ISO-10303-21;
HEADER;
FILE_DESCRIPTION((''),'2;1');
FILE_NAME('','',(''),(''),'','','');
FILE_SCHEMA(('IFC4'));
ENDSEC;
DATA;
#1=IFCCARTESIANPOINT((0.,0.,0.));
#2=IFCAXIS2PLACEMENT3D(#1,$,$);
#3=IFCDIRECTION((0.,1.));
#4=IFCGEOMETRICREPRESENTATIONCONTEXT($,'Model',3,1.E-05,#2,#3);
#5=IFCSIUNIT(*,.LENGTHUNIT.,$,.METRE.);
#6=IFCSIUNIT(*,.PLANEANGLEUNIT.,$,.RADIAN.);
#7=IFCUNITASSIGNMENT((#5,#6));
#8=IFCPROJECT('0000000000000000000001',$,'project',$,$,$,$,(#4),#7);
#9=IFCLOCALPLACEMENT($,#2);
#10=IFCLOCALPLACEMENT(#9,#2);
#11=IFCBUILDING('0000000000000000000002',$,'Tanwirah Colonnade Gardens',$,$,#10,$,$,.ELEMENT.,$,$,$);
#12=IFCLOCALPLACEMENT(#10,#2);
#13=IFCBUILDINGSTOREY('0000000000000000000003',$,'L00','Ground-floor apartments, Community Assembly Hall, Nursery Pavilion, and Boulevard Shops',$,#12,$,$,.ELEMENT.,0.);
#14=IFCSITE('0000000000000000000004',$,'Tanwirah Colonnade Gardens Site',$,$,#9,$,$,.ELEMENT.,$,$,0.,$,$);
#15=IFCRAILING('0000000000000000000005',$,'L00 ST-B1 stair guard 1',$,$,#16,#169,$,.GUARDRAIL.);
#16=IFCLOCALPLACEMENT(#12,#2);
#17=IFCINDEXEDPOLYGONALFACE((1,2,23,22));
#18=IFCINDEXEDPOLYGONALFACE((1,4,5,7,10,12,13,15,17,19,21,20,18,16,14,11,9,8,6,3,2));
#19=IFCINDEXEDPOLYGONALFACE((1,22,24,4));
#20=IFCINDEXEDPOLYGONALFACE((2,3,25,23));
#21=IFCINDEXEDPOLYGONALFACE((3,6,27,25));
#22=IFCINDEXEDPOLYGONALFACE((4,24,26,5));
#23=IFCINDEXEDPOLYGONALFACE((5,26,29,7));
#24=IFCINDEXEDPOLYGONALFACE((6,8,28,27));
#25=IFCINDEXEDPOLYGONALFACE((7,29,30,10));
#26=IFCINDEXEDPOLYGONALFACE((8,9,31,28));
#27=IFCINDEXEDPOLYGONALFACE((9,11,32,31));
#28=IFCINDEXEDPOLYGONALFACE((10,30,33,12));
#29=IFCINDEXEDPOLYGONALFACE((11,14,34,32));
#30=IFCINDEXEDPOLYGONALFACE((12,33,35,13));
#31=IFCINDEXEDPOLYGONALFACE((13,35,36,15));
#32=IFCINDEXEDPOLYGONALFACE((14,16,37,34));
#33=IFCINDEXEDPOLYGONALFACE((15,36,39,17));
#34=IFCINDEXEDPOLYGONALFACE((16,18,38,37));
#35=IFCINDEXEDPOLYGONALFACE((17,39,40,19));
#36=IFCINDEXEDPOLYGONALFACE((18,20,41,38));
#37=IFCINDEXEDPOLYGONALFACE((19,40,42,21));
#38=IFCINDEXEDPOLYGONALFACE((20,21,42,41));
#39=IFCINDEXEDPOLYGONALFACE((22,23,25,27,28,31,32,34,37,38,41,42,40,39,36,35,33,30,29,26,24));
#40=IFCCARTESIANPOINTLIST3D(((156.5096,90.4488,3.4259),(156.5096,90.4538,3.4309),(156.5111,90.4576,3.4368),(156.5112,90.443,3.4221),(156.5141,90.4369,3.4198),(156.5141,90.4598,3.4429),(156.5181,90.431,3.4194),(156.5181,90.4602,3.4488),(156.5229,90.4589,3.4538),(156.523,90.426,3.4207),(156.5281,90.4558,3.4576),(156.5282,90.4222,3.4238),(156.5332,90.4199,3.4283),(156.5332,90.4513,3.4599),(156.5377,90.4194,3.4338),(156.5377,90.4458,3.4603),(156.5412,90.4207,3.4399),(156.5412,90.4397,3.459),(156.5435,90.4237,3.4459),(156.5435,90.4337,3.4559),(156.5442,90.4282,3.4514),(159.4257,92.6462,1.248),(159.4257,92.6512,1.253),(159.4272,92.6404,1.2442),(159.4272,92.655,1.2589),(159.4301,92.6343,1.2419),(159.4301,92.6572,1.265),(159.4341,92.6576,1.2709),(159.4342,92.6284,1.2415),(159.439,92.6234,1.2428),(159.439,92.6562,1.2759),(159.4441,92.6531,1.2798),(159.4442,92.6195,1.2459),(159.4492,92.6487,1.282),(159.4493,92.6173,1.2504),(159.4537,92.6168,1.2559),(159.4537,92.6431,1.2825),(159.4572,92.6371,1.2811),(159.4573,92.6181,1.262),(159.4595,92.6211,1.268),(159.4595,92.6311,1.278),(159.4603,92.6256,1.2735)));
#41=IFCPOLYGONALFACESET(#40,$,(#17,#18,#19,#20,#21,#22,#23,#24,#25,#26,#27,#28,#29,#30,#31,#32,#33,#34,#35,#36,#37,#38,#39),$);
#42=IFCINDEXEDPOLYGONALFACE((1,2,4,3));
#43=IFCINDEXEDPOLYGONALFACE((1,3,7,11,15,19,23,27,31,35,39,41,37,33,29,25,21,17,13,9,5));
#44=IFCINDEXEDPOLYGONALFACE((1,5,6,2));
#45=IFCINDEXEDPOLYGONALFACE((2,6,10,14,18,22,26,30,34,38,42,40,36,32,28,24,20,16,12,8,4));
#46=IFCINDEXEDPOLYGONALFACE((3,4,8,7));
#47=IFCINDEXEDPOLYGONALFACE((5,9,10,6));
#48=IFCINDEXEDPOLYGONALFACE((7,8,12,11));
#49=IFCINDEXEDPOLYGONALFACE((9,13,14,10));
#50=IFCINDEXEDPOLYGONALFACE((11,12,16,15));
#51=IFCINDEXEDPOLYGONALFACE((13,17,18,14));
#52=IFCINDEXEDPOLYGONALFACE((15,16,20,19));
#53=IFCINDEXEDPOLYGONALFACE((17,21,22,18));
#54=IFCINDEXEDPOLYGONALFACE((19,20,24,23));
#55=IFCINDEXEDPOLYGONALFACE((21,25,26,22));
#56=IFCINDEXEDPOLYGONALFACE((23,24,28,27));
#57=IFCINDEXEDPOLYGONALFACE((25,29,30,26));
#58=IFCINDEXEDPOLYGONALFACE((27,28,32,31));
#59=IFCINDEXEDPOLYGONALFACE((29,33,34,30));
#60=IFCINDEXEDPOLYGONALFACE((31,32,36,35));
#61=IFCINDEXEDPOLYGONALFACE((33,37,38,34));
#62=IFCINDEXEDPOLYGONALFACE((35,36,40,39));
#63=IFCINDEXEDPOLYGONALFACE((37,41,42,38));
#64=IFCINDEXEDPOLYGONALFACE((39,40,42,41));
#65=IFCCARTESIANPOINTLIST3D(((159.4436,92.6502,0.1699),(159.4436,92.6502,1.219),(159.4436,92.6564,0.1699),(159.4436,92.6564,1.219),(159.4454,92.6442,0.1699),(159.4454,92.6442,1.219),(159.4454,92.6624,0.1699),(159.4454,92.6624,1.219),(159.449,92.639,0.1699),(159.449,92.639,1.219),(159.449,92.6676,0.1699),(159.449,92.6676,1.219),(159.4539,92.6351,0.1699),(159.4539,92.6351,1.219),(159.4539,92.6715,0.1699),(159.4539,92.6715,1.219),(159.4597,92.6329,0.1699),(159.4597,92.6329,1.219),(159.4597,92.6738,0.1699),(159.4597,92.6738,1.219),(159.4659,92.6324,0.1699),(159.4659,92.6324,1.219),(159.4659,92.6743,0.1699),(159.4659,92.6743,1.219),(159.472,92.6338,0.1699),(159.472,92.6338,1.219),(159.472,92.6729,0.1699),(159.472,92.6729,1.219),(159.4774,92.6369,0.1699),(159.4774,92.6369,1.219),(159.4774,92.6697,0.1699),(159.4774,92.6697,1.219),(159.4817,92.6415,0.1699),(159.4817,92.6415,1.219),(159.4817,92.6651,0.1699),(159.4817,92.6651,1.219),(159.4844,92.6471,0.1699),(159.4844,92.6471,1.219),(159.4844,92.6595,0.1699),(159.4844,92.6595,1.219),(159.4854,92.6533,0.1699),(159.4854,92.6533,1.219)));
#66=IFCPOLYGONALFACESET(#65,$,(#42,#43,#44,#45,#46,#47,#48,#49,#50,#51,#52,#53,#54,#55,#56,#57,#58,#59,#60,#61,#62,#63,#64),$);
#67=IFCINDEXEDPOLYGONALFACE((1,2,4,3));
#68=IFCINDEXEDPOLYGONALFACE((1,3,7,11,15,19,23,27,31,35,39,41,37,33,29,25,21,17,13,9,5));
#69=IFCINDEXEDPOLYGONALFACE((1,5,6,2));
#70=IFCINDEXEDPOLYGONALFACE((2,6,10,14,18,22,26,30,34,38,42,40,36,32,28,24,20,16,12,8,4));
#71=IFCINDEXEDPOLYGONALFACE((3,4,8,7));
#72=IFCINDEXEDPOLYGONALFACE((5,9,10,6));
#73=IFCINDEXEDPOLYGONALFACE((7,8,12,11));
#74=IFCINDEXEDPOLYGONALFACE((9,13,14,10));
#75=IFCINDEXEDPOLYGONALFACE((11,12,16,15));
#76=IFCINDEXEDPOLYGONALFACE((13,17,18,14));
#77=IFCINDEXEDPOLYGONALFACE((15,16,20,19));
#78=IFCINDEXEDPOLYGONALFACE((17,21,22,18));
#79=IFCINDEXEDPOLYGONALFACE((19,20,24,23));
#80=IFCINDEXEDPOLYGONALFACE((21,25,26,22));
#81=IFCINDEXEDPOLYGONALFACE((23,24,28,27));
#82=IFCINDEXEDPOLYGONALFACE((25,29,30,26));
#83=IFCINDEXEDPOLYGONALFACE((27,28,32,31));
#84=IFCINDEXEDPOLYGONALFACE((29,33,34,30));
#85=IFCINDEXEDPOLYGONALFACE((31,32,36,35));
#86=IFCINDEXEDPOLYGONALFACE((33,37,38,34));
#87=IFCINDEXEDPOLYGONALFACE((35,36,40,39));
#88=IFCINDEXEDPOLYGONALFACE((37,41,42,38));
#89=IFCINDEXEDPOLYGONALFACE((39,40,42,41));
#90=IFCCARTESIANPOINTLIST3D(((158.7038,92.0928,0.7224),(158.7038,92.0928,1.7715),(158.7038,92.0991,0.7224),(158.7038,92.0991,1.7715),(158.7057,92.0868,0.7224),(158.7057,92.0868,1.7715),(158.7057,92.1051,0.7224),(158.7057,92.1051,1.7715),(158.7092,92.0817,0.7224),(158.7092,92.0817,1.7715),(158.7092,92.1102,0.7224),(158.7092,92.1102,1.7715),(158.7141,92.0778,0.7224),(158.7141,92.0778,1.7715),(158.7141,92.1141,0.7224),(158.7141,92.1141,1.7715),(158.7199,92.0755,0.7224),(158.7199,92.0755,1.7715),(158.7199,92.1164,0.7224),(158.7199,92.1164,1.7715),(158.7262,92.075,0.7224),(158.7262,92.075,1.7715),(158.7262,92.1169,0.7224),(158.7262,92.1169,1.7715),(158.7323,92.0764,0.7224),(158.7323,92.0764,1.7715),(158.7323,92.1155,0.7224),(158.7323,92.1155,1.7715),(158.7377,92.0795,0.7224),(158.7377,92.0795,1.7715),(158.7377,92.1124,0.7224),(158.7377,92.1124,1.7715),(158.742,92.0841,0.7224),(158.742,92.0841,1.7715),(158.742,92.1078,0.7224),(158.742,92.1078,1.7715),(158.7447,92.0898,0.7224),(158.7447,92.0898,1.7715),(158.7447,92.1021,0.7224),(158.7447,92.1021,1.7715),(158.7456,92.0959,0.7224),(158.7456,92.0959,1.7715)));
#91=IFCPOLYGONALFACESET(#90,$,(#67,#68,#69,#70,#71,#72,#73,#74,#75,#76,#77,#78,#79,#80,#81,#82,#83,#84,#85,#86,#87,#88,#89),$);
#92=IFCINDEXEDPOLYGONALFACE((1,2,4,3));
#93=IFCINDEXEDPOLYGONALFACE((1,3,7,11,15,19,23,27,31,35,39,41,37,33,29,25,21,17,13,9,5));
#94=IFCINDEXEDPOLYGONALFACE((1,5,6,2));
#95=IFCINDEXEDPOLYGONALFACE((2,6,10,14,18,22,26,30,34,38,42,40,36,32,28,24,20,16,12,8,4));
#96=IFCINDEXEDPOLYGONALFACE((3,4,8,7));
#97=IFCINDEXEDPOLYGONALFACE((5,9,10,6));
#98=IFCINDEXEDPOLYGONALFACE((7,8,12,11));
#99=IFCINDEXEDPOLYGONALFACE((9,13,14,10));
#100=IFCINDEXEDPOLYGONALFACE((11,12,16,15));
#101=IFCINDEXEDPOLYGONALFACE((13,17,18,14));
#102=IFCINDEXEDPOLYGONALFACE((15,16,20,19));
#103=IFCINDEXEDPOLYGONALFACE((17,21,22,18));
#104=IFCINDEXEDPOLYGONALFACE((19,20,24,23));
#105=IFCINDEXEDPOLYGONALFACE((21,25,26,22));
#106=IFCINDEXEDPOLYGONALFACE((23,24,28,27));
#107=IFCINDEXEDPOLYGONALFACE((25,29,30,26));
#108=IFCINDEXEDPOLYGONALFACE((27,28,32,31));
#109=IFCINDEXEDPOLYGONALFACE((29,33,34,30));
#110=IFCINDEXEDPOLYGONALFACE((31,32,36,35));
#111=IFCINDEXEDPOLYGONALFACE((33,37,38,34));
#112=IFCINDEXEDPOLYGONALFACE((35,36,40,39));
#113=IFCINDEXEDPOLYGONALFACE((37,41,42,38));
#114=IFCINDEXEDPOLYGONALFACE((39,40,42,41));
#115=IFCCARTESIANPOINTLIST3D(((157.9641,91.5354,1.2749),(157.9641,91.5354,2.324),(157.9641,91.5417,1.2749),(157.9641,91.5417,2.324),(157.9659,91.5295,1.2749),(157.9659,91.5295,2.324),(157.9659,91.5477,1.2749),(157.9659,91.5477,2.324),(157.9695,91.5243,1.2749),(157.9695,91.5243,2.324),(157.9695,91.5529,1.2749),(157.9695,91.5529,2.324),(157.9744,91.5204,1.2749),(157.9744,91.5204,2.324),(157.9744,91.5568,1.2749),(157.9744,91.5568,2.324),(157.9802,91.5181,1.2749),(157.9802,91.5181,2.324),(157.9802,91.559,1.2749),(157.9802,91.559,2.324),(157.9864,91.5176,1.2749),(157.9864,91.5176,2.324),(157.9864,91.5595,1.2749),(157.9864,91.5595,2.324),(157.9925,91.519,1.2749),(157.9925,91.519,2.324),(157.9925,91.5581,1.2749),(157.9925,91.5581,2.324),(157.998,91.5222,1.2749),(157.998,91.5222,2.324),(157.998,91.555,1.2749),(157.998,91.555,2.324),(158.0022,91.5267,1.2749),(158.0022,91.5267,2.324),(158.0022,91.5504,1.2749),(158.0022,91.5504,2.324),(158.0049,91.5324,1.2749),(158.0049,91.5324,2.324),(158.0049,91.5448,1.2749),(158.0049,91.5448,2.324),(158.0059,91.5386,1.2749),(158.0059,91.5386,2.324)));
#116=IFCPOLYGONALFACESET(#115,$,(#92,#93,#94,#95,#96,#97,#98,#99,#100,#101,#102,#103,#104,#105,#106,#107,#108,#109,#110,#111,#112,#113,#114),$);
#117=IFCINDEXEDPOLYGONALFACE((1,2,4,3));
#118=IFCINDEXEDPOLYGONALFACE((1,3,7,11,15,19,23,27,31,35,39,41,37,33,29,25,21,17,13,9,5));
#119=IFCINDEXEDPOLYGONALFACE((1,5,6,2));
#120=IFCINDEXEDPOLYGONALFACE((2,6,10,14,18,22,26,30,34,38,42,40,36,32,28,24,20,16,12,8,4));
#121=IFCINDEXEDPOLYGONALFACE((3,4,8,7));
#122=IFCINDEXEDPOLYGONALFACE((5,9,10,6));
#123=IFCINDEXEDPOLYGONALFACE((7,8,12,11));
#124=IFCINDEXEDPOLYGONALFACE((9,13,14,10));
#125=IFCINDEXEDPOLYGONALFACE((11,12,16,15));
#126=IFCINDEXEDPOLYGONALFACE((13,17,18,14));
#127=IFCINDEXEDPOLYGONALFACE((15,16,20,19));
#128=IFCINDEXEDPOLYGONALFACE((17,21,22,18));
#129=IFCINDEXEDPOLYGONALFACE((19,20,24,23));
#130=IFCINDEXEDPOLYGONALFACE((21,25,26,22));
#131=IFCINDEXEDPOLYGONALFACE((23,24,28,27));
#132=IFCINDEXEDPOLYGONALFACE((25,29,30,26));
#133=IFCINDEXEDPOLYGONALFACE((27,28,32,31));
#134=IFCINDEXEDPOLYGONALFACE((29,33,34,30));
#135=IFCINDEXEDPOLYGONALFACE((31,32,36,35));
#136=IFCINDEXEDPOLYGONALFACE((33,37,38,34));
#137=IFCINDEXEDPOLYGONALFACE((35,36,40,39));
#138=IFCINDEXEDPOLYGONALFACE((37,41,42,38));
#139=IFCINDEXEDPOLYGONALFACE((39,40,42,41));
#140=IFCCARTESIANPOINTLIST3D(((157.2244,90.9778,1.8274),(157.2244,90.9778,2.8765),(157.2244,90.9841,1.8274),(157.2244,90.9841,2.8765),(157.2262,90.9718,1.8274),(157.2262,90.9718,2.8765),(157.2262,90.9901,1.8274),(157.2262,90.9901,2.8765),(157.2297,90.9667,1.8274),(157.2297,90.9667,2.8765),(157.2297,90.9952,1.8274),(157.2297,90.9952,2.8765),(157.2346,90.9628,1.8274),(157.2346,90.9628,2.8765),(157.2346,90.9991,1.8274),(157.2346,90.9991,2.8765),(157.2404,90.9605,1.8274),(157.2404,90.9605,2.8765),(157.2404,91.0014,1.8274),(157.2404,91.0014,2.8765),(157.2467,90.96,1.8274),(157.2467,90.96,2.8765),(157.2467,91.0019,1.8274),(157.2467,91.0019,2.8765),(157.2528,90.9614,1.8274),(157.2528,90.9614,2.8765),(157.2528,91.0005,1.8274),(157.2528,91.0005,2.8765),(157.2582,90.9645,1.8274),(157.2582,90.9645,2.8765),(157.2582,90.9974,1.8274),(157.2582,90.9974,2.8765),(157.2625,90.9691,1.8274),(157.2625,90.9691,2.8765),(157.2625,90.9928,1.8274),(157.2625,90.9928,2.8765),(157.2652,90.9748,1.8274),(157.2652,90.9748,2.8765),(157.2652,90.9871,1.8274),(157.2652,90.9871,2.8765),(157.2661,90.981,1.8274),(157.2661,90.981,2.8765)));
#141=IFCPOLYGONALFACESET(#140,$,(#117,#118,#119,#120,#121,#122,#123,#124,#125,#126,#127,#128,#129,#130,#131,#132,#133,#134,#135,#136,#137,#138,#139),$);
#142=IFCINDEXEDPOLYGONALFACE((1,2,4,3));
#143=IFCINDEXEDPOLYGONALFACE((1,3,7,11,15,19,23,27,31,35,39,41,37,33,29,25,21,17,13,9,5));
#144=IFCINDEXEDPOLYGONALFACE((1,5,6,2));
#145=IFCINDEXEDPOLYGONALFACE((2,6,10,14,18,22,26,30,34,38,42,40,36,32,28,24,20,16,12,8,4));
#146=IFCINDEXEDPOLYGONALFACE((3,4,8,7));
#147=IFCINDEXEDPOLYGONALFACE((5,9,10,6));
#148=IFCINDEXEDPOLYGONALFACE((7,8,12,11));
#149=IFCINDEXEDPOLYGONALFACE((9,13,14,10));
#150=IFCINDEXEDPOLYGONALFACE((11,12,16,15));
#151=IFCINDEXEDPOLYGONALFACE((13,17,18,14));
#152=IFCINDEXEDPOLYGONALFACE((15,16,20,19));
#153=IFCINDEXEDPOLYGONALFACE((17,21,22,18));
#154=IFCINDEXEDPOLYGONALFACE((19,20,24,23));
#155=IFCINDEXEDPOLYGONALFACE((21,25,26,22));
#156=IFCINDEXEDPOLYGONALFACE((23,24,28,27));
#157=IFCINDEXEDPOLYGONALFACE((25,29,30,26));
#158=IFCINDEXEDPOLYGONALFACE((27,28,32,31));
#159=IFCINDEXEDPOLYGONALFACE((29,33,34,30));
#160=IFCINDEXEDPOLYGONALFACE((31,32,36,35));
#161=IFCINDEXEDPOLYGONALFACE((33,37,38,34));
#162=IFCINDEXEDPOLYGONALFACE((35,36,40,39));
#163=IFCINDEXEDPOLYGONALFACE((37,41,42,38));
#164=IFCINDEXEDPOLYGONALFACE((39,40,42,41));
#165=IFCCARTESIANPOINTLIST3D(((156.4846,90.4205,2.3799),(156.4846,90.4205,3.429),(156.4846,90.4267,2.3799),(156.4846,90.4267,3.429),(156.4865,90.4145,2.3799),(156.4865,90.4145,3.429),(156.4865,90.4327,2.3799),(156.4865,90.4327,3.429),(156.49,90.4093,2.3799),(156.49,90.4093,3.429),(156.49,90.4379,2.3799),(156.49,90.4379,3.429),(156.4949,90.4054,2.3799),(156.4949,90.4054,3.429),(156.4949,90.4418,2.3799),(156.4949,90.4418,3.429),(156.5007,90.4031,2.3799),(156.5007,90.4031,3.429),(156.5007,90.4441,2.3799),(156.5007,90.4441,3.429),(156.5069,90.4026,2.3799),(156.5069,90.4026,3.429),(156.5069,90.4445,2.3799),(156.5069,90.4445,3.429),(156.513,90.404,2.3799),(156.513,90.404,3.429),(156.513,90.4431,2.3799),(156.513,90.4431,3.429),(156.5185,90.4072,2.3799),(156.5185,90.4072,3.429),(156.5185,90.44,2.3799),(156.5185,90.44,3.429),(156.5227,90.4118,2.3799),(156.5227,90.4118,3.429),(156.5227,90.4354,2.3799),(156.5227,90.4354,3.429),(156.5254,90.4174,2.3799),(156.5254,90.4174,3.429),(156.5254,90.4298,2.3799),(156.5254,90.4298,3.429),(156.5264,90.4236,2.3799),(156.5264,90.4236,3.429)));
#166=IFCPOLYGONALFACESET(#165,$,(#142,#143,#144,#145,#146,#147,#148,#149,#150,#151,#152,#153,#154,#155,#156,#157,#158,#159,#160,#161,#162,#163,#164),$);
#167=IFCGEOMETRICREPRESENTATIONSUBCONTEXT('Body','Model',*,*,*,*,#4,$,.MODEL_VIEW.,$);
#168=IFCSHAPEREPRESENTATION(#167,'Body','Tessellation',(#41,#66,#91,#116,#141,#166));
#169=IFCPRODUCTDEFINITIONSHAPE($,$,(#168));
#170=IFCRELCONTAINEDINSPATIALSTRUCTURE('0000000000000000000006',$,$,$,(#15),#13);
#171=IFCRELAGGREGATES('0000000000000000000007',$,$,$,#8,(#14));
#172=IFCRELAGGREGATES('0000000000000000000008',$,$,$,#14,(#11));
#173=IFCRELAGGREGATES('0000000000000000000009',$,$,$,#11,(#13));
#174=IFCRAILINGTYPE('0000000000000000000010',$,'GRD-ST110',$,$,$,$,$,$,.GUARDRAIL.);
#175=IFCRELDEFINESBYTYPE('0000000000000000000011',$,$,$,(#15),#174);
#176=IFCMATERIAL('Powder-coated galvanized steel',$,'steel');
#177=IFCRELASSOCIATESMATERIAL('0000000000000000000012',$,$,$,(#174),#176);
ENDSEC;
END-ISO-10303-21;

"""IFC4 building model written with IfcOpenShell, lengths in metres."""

from ifc_helpers import new_model, si_unit, direction, frame, origin, origin_2d, place, context, subcontext, project, spatial, circle, extrude, material, type_object, element, save


model = new_model("IFC4")

# Units and contexts
model_context = context("Model", 3, precision=1e-05, world=origin(), true_north=direction((0.0, 1.0)))
body_context = subcontext(model_context, "Body", "Model", "MODEL_VIEW")
ifc_project = project(units=[si_unit("LENGTHUNIT", "METRE"), si_unit("PLANEANGLEUNIT", "RADIAN")], contexts=[model_context])

# Site, building, storey
site_placement = place(None, origin())
site = spatial("IfcSite", under=ifc_project, at=site_placement, Name="Tanwirah Colonnade Gardens Site", CompositionType="ELEMENT", RefElevation=0.0)
building_placement = place(site_placement, origin())
building = spatial("IfcBuilding", under=site, at=building_placement, Name="Tanwirah Colonnade Gardens", CompositionType="ELEMENT")
storey_placement = place(building_placement, origin())
storey = spatial("IfcBuildingStorey", under=building, at=storey_placement, Name="L00", Description="Ground-floor apartments, Community Assembly Hall, Nursery Pavilion, and Boulevard Shops", CompositionType="ELEMENT", Elevation=0.0)

# Railing
ifc_material_1 = material(Name="Powder-coated galvanized steel", Category="steel")
railing_type = type_object("IfcRailingType", Name="GRD-ST110", PredefinedType="GUARDRAIL", material=ifc_material_1)
railing_1_placement = place(storey_placement, frame((159.4644, 92.6533, 0.1699)))
element("IfcRailing", 1, at=railing_1_placement, inside=storey, type_object=railing_type, Name="L00 ST-B1 stair guard 1", PredefinedType="GUARDRAIL", context=body_context, shape_type="SweptSolid", body=[
    extrude(circle(Radius=0.0239, at=origin_2d()), frame((-0.0215, -0.0161, 1.092), z_axis=(-0.685891, -0.516852, 0.512268), x_axis=(0.601812, -0.798638, 0.0)), (0.0, 0.0, 1.0), 4.2515),
    extrude(circle(Radius=0.021, at=origin_2d()), origin(), (0.0, 0.0, 1.0), 1.0491),
    extrude(circle(Radius=0.021, at=origin_2d()), frame((-0.7397, -0.5574, 0.5525)), (0.0, 0.0, 1.0), 1.0491),
    extrude(circle(Radius=0.021, at=origin_2d()), frame((-1.4795, -1.1147, 1.105)), (0.0, 0.0, 1.0), 1.0491),
    extrude(circle(Radius=0.021, at=origin_2d()), frame((-2.2192, -1.6724, 1.6575)), (0.0, 0.0, 1.0), 1.0491),
    extrude(circle(Radius=0.021, at=origin_2d()), frame((-2.959, -2.2297, 2.21)), (0.0, 0.0, 1.0), 1.0491),
])

save(model, "model.ifc")
